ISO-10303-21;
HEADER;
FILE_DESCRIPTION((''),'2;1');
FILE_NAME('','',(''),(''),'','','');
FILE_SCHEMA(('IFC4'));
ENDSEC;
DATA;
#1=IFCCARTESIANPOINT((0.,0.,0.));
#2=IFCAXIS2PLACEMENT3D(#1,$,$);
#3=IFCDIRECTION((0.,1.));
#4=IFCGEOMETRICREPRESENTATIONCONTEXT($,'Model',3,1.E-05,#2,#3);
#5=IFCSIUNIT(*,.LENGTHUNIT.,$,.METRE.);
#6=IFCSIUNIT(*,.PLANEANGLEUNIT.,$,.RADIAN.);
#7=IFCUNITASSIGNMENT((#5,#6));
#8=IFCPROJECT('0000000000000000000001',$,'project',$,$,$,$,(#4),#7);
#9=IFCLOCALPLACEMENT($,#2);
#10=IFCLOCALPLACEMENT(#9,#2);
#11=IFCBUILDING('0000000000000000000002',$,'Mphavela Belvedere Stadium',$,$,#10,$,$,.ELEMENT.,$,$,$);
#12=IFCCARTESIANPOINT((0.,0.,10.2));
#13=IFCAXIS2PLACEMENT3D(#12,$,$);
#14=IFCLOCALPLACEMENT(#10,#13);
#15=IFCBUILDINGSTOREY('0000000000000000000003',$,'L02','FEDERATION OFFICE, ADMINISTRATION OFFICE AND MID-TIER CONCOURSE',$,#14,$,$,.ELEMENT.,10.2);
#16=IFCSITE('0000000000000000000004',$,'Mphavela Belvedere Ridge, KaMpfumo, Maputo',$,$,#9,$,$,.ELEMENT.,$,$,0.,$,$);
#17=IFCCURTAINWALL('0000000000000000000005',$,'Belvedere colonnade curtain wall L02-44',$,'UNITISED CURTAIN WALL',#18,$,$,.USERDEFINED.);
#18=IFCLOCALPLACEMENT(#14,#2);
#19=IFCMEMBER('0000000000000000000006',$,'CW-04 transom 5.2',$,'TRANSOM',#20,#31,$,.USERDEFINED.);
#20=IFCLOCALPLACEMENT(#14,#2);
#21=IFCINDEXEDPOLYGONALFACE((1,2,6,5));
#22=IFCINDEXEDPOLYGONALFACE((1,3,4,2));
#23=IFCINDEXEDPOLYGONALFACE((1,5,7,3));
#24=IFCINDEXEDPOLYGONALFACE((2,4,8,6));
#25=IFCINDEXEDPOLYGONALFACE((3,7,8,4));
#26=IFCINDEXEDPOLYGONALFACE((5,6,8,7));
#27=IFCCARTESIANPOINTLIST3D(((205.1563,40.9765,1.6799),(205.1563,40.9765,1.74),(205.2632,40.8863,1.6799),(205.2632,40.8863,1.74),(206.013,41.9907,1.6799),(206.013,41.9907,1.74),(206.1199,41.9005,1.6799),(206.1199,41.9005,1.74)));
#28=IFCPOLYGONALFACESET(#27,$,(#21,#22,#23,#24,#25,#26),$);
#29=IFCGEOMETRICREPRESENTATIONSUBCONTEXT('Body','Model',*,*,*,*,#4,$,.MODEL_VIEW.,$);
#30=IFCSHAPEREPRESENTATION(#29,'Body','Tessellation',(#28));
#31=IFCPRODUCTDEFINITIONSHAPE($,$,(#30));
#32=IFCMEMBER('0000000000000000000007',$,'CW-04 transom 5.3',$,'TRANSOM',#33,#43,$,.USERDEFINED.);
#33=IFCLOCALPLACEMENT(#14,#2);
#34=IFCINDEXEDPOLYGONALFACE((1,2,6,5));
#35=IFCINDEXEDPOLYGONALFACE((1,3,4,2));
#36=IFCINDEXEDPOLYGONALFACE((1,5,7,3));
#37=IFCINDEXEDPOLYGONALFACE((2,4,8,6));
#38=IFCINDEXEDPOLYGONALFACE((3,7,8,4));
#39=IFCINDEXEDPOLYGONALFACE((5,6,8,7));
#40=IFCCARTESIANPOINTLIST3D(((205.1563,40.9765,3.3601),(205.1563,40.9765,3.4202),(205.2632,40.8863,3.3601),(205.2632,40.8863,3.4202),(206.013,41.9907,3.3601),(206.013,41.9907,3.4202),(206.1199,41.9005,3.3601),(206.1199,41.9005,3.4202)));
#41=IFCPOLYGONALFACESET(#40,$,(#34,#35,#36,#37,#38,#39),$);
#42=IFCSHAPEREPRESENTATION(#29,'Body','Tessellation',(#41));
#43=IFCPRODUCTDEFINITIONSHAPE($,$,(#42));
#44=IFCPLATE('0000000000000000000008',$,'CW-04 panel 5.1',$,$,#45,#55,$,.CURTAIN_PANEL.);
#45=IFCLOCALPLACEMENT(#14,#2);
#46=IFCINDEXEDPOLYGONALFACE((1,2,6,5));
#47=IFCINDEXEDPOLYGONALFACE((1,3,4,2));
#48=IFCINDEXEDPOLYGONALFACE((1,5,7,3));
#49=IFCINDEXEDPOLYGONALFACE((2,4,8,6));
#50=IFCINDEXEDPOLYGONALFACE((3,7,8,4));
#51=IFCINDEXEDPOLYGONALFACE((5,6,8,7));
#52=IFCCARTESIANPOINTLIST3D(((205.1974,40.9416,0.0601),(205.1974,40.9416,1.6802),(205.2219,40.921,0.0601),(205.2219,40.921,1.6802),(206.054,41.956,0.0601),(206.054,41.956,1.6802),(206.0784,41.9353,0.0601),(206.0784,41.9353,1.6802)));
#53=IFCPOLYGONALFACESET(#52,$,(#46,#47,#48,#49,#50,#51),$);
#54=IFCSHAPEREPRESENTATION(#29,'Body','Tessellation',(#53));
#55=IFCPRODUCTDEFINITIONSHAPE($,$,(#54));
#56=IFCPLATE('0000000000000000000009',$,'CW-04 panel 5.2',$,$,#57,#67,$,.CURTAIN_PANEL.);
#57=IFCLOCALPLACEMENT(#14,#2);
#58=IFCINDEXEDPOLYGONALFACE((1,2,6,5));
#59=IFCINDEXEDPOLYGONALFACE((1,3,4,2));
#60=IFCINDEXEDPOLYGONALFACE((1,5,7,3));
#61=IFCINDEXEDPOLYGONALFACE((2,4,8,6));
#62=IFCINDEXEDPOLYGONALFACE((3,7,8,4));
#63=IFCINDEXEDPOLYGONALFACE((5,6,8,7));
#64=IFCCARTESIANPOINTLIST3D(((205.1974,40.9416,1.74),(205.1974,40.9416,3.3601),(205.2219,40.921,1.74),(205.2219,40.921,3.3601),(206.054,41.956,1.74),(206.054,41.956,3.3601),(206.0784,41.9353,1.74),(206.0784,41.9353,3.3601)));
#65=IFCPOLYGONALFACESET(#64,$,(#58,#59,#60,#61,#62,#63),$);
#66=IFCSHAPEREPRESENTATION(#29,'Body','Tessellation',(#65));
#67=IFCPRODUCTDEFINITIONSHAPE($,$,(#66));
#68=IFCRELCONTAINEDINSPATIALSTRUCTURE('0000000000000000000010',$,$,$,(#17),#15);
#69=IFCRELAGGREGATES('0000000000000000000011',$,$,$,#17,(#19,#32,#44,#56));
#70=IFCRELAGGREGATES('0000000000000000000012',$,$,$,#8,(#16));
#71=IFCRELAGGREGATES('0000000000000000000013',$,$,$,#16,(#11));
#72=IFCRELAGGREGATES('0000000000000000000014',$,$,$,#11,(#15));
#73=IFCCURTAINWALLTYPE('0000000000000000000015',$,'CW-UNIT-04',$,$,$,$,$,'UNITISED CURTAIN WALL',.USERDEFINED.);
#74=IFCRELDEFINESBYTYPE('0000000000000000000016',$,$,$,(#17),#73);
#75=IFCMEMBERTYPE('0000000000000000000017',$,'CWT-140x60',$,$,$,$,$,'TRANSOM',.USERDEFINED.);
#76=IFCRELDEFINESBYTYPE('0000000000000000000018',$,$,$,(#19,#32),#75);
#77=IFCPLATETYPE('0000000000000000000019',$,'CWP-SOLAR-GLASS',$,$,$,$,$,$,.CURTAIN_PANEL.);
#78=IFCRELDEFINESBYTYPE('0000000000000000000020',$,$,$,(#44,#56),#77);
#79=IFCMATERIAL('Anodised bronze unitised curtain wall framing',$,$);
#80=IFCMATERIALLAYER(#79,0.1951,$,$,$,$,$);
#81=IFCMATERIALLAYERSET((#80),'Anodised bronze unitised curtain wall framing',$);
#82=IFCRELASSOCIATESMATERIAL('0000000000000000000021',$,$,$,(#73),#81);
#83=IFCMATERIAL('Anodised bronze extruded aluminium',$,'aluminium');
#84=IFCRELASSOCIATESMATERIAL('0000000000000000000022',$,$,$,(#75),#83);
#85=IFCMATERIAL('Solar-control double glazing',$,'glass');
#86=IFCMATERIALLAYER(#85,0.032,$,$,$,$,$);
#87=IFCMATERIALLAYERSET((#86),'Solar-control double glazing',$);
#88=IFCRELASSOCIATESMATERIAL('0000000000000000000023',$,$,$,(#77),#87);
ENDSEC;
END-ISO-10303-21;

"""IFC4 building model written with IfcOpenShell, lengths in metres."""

from ifc_helpers import new_model, si_unit, direction, frame, origin, origin_2d, place, context, subcontext, project, spatial, rectangle, extrude, material, layer, layer_set, material_profile, profile_set, type_object, element, aggregate, save


model = new_model("IFC4")

# Units and contexts
model_context = context("Model", 3, precision=1e-05, world=origin(), true_north=direction((0.0, 1.0)))
body_context = subcontext(model_context, "Body", "Model", "MODEL_VIEW")
ifc_project = project(units=[si_unit("LENGTHUNIT", "METRE"), si_unit("PLANEANGLEUNIT", "RADIAN")], contexts=[model_context])

# Site, building, storey
site_placement = place(None, origin())
site = spatial("IfcSite", under=ifc_project, at=site_placement, Name="Mphavela Belvedere Ridge, KaMpfumo, Maputo", CompositionType="ELEMENT", RefElevation=0.0)
building_placement = place(site_placement, origin())
building = spatial("IfcBuilding", under=site, at=building_placement, Name="Mphavela Belvedere Stadium", CompositionType="ELEMENT")
storey_placement = place(building_placement, frame((0.0, 0.0, 10.2)))
storey = spatial("IfcBuildingStorey", under=building, at=storey_placement, Name="L02", Description="FEDERATION OFFICE, ADMINISTRATION OFFICE AND MID-TIER CONCOURSE", CompositionType="ELEMENT", Elevation=10.2)

# Curtain wall, members, plates
ifc_material_1 = material(Name="Anodised bronze unitised curtain wall framing")
ifc_layer_1 = layer(ifc_material_1, 0.1951)
ifc_layer_set_1 = layer_set([ifc_layer_1], Name="Anodised bronze unitised curtain wall framing")
curtain_wall_type = type_object("IfcCurtainWallType", Name="CW-UNIT-04", ElementType="UNITISED CURTAIN WALL", PredefinedType="USERDEFINED", material=ifc_layer_set_1)
curtain_wall_placement = place(storey_placement, origin())
curtain_wall = element("IfcCurtainWall", 1, at=curtain_wall_placement, inside=storey, type_object=curtain_wall_type, Name="Belvedere colonnade curtain wall L02-44", ObjectType="UNITISED CURTAIN WALL", PredefinedType="USERDEFINED")
ifc_material_2 = material(Name="Anodised bronze extruded aluminium", Category="aluminium")
ifc_material_profile_1 = material_profile(ifc_material_2, rectangle(XDim=0.1399, YDim=0.0601, at=origin_2d()), Name="CW-TRN 140x60")
ifc_profile_set_1 = profile_set([ifc_material_profile_1], Name="Anodised bronze extruded aluminium")
member_type = type_object("IfcMemberType", Name="CWT-140x60", ElementType="TRANSOM", PredefinedType="USERDEFINED", material=ifc_profile_set_1)
member_1_placement = place(storey_placement, frame((205.2097, 40.9314, 1.71), z_axis=(0.645307, 0.763923, 0.0), x_axis=(-0.763923, 0.645307, 0.0)))
member_1 = element("IfcMember", 2, at=member_1_placement, type_object=member_type, Name="CW-04 transom 5.2", ObjectType="TRANSOM", PredefinedType="USERDEFINED", context=body_context, shape_type="SweptSolid", body=[
    extrude(rectangle(XDim=0.1399, YDim=0.0601, at=origin_2d()), origin(), (0.0, 0.0, 1.0), 1.3276),
])
member_2_placement = place(storey_placement, frame((205.2097, 40.9314, 3.3901), z_axis=(0.645307, 0.763923, 0.0), x_axis=(-0.763923, 0.645307, 0.0)))
member_2 = element("IfcMember", 3, at=member_2_placement, type_object=member_type, Name="CW-04 transom 5.3", ObjectType="TRANSOM", PredefinedType="USERDEFINED", context=body_context, shape_type="SweptSolid", body=[
    extrude(rectangle(XDim=0.1399, YDim=0.0601, at=origin_2d()), origin(), (0.0, 0.0, 1.0), 1.3276),
])
ifc_material_3 = material(Name="Solar-control double glazing", Category="glass")
ifc_layer_2 = layer(ifc_material_3, 0.032)
ifc_layer_set_2 = layer_set([ifc_layer_2], Name="Solar-control double glazing")
plate_type = type_object("IfcPlateType", Name="CWP-SOLAR-GLASS", PredefinedType="CURTAIN_PANEL", material=ifc_layer_set_2)
plate_1_placement = place(storey_placement, frame((205.6379, 41.4385, 0.0601), z_axis=(0.0, 0.0, 1.0), x_axis=(0.645169, 0.76404, 0.0)))
plate_1 = element("IfcPlate", 4, at=plate_1_placement, type_object=plate_type, Name="CW-04 panel 5.1", PredefinedType="CURTAIN_PANEL", context=body_context, shape_type="SweptSolid", body=[
    extrude(rectangle(XDim=1.3276, YDim=0.032, at=origin_2d()), origin(), (0.0, 0.0, 1.0), 1.6201),
])
plate_2_placement = place(storey_placement, frame((205.6379, 41.4385, 1.74), z_axis=(0.0, 0.0, 1.0), x_axis=(0.645169, 0.76404, 0.0)))
plate_2 = element("IfcPlate", 5, at=plate_2_placement, type_object=plate_type, Name="CW-04 panel 5.2", PredefinedType="CURTAIN_PANEL", context=body_context, shape_type="SweptSolid", body=[
    extrude(rectangle(XDim=1.3276, YDim=0.032, at=origin_2d()), origin(), (0.0, 0.0, 1.0), 1.6201),
])
aggregate(curtain_wall, [member_1, member_2, plate_1, plate_2])

save(model, "model.ifc")
